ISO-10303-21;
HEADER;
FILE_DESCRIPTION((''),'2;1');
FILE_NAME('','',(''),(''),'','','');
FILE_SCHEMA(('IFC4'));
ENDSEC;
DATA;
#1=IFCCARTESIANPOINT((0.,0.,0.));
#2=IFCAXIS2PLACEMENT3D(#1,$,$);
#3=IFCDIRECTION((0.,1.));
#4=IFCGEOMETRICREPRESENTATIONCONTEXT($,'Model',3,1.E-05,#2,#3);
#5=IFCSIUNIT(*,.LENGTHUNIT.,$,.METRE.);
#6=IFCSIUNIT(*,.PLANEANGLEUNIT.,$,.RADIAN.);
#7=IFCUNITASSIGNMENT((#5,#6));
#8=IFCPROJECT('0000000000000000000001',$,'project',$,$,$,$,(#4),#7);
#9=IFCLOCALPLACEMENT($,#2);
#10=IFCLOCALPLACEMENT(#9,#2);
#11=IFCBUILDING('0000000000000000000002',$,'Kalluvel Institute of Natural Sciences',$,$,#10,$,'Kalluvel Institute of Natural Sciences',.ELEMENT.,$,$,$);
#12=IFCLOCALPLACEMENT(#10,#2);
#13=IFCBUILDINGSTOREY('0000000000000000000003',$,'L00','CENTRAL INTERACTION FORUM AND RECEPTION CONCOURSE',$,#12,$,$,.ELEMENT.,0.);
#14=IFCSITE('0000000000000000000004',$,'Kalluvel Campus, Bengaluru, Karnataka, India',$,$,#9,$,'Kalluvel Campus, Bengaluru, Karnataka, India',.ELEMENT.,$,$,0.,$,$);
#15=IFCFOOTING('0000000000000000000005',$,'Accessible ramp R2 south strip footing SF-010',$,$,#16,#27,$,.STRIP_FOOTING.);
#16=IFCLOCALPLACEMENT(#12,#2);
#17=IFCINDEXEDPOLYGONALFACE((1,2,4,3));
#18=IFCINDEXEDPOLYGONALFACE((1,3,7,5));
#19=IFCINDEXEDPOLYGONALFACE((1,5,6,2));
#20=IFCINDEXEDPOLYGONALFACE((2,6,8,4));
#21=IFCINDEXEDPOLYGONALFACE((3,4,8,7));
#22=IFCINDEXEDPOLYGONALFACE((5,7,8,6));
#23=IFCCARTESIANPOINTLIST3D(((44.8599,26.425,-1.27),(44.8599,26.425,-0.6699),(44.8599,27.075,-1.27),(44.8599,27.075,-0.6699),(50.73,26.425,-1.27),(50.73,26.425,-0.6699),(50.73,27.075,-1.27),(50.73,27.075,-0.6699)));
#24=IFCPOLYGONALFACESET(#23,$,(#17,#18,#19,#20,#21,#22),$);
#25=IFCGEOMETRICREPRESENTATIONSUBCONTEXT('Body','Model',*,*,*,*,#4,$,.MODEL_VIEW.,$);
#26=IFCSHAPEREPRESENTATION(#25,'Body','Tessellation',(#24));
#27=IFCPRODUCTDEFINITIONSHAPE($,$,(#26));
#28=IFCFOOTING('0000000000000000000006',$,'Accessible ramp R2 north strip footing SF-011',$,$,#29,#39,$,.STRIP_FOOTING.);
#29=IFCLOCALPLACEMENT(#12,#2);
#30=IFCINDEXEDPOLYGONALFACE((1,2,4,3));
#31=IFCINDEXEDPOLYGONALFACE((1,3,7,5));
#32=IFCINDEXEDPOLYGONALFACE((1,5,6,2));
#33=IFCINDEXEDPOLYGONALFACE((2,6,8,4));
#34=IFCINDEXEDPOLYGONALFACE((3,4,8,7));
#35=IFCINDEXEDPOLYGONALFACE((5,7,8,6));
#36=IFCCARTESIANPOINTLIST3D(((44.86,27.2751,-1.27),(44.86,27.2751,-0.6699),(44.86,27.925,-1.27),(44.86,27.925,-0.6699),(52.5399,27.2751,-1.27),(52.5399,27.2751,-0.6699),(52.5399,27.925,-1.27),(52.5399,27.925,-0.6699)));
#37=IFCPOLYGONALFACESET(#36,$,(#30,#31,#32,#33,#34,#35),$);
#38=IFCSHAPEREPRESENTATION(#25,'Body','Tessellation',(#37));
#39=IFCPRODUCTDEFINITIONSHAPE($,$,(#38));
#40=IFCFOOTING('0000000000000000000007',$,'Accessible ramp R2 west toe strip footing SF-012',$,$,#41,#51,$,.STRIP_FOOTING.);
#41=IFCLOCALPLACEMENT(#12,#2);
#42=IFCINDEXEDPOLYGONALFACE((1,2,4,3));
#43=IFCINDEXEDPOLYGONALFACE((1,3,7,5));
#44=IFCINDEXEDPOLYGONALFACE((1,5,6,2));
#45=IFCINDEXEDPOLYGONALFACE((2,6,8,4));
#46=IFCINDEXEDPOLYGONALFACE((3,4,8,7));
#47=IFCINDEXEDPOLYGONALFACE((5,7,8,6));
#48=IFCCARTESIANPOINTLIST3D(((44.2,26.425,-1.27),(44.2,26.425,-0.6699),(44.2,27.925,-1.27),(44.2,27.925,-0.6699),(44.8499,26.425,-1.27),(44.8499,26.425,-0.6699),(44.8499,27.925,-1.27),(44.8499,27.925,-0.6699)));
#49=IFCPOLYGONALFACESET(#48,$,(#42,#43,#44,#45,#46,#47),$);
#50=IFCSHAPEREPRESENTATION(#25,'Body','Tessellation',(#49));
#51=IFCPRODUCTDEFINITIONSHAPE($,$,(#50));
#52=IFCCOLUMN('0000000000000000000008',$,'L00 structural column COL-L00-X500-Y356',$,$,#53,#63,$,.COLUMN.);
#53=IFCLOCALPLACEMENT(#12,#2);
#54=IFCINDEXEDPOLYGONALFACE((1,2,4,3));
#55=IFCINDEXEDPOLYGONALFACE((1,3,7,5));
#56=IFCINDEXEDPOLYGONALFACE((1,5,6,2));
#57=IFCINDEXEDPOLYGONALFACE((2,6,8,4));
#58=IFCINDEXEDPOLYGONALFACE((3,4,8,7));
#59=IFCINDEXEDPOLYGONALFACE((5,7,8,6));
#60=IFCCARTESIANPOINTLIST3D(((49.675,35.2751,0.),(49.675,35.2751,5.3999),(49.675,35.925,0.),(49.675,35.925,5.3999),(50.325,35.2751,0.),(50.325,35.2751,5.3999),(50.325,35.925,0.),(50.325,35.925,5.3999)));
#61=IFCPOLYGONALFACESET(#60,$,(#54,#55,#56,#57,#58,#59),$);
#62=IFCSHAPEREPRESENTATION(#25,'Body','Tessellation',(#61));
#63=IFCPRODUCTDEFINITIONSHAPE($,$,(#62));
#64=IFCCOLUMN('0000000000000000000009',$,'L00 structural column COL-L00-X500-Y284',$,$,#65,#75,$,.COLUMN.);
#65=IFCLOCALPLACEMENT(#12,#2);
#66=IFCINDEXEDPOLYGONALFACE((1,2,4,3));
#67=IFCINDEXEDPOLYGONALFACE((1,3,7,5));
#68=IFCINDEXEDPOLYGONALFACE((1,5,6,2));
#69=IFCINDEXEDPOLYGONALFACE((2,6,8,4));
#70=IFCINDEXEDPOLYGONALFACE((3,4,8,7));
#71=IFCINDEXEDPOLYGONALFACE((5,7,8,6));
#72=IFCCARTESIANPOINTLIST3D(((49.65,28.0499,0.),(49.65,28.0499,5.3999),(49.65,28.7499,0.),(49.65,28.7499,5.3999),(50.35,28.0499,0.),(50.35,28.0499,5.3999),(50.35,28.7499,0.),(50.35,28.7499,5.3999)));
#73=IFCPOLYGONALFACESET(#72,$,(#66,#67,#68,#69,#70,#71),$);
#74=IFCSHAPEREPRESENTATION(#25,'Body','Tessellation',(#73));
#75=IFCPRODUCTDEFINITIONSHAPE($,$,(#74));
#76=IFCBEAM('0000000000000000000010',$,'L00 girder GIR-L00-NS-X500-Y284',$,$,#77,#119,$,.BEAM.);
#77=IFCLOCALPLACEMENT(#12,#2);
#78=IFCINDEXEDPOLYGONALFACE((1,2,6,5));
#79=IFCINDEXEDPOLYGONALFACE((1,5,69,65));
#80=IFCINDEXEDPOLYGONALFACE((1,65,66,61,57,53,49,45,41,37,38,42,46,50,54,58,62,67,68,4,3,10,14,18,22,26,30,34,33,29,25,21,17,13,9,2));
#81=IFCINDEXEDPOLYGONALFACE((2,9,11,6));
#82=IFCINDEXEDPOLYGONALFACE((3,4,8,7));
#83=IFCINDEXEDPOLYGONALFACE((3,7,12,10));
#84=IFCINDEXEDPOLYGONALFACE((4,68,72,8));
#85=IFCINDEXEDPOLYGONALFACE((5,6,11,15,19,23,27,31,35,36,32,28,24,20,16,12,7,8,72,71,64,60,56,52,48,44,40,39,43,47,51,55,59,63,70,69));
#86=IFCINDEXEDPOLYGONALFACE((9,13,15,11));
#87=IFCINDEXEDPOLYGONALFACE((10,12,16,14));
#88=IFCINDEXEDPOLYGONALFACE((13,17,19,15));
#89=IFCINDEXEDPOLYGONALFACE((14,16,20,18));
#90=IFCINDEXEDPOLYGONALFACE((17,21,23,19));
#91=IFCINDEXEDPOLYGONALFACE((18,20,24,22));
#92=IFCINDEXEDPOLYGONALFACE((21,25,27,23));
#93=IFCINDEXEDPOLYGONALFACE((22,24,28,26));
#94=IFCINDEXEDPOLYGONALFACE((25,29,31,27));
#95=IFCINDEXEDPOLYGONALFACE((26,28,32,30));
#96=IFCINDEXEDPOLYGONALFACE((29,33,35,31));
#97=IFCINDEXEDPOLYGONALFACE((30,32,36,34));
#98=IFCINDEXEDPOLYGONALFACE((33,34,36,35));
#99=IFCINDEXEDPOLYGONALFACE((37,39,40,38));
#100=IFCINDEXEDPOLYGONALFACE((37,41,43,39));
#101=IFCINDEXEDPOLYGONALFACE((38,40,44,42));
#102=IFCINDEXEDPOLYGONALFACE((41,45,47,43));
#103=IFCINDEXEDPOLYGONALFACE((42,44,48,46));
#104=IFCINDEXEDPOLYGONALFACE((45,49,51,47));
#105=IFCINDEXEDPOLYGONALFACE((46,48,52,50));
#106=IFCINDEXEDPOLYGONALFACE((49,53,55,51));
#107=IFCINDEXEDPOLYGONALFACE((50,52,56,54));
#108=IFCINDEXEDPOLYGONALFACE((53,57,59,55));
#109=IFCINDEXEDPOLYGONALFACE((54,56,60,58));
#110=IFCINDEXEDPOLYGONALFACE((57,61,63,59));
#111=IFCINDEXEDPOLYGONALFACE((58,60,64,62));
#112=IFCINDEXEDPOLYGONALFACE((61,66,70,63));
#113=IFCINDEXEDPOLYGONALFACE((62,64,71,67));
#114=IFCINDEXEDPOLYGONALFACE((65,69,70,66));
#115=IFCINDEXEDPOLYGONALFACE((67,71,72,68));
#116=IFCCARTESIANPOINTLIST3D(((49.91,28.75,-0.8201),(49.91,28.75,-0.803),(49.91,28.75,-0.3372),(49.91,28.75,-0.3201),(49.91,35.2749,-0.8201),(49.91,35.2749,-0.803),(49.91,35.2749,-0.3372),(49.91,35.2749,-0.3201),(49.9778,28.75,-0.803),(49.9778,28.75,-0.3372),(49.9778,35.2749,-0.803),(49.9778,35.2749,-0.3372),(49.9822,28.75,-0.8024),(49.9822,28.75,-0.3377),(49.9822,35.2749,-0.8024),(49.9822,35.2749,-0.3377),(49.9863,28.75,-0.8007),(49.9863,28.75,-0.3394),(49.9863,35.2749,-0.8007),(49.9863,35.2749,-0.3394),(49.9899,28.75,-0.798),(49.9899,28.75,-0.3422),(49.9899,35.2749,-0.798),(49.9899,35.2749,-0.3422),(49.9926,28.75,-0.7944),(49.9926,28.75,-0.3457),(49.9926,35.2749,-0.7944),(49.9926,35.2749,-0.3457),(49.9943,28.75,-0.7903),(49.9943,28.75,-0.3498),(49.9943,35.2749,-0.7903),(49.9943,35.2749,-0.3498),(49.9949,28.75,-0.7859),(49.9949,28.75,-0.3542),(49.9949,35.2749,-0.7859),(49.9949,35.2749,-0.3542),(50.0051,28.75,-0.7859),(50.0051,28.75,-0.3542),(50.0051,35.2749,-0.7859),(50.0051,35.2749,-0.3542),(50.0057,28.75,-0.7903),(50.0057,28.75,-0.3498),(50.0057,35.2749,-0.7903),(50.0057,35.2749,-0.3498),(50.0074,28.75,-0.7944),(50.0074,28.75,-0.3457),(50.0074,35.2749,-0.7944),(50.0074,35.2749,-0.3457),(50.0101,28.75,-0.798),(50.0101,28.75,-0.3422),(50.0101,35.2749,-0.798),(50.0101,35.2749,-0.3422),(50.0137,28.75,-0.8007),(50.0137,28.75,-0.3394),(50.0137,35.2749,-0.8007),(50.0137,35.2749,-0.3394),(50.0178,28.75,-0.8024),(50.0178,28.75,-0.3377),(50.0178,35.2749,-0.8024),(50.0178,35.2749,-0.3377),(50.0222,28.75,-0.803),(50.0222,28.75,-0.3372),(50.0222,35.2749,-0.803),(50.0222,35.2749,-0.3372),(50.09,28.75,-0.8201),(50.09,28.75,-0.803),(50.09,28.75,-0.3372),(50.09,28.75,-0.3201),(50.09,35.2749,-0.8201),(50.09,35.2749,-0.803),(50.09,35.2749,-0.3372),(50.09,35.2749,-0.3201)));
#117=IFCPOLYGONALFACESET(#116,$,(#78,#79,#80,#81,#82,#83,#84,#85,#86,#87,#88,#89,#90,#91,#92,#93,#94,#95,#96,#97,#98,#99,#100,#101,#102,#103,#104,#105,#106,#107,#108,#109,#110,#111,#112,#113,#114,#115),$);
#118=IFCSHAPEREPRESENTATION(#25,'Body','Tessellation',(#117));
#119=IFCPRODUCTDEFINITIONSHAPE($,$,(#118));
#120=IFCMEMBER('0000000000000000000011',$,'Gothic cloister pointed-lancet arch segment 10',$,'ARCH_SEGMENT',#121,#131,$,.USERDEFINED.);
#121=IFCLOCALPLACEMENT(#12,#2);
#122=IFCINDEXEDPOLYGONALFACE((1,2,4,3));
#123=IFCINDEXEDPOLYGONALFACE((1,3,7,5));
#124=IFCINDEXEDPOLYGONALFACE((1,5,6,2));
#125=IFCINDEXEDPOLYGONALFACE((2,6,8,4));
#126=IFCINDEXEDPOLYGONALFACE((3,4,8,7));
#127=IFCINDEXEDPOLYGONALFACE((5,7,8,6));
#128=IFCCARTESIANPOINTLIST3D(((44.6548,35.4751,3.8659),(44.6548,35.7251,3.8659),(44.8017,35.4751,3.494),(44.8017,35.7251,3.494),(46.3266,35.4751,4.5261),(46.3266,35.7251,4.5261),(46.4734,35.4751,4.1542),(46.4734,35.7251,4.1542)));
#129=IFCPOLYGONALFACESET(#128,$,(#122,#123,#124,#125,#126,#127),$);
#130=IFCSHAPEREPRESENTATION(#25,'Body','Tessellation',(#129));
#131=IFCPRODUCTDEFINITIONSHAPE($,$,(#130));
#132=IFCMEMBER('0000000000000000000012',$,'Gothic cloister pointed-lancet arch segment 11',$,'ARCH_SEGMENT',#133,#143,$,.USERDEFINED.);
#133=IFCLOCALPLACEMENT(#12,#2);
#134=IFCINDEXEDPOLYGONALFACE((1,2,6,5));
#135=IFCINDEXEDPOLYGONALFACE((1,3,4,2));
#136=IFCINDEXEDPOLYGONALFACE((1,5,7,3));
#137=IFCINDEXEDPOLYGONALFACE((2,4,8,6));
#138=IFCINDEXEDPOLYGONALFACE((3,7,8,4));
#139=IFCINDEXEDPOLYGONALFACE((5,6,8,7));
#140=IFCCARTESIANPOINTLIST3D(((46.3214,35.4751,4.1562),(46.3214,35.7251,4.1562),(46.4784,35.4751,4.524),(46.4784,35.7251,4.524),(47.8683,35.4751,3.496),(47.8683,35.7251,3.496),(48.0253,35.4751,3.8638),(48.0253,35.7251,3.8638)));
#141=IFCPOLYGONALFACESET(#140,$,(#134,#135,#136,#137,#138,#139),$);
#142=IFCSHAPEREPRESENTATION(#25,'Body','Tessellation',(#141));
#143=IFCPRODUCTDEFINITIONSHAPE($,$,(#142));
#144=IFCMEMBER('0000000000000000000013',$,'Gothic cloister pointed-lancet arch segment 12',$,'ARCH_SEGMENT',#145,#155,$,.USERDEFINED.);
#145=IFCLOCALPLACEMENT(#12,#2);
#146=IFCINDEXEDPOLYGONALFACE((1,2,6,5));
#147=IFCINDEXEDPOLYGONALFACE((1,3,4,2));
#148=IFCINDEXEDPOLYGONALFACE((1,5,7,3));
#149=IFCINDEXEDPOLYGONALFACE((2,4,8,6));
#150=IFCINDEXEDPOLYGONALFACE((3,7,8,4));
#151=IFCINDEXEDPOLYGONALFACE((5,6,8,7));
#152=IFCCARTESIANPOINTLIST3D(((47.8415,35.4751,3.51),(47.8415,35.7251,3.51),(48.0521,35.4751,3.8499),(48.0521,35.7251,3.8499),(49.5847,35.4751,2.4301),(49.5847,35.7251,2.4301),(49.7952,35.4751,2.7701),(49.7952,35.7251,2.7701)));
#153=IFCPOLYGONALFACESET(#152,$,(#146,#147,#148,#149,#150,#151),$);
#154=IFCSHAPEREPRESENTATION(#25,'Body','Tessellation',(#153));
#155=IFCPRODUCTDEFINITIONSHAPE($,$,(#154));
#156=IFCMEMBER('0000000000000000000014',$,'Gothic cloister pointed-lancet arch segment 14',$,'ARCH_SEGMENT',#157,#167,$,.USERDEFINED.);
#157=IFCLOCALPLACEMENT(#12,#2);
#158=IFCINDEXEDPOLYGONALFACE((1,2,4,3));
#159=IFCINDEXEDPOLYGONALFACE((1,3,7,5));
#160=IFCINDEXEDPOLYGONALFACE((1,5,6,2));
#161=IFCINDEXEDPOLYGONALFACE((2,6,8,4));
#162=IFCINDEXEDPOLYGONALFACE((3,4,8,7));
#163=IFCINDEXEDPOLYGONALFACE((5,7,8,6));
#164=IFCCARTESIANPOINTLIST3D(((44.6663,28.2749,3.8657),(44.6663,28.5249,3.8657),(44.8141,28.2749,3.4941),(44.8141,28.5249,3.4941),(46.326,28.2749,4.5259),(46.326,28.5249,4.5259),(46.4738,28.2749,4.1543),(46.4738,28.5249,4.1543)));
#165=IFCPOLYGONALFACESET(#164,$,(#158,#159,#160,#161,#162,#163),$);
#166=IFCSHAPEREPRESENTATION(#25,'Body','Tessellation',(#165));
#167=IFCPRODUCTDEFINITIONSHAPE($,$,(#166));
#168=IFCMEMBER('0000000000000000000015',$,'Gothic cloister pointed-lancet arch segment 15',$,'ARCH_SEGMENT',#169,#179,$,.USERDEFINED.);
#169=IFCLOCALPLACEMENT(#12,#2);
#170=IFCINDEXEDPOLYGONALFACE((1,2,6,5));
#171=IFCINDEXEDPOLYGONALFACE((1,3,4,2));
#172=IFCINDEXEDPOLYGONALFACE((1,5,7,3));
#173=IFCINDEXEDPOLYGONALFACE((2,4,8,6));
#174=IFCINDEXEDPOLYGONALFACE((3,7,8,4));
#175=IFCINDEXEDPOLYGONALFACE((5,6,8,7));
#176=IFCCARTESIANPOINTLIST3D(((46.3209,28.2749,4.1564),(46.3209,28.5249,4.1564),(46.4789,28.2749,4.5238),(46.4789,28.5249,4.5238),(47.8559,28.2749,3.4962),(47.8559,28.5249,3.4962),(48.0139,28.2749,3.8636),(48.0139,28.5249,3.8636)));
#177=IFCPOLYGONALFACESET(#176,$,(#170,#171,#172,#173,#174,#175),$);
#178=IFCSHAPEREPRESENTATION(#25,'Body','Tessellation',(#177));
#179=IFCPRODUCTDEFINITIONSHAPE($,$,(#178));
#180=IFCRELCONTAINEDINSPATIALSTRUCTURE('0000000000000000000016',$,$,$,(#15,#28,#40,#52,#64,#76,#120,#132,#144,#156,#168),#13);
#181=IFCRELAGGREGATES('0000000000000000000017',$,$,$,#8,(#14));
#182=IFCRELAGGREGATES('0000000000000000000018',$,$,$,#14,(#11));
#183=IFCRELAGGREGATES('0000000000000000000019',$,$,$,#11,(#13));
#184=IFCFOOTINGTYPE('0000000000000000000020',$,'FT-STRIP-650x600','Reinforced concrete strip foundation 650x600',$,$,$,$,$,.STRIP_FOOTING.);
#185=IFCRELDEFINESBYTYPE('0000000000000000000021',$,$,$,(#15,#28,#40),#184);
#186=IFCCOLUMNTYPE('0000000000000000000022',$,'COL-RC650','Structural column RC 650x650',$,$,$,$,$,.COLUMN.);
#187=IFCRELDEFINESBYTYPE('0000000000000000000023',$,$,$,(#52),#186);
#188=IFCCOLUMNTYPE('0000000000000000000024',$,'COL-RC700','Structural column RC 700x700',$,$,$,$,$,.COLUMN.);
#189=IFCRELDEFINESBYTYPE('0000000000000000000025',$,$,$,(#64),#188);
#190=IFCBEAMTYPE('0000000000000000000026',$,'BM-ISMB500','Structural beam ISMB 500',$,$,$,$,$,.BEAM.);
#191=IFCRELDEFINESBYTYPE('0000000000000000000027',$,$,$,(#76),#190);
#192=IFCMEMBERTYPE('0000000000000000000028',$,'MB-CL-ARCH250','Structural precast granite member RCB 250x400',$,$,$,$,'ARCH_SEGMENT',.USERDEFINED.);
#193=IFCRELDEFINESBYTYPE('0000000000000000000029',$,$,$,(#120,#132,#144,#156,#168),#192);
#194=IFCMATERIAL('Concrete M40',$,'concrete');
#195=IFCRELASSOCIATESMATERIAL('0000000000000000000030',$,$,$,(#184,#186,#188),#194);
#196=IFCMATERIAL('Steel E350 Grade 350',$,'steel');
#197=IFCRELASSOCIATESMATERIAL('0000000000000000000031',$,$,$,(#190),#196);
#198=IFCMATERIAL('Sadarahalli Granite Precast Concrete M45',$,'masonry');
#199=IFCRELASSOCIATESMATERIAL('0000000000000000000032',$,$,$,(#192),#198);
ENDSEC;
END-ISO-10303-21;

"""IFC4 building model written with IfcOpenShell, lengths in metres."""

from ifc_helpers import new_model, si_unit, direction, frame, origin, origin_2d, place, context, subcontext, project, spatial, rectangle, i_section, extrude, material, material_profile, profile_set, type_object, element, save


model = new_model("IFC4")

# Units and contexts
model_context = context("Model", 3, precision=1e-05, world=origin(), true_north=direction((0.0, 1.0)))
body_context = subcontext(model_context, "Body", "Model", "MODEL_VIEW")
ifc_project = project(units=[si_unit("LENGTHUNIT", "METRE"), si_unit("PLANEANGLEUNIT", "RADIAN")], contexts=[model_context])

# Site, building, storey
site_placement = place(None, origin())
site = spatial("IfcSite", under=ifc_project, at=site_placement, Name="Kalluvel Campus, Bengaluru, Karnataka, India", LongName="Kalluvel Campus, Bengaluru, Karnataka, India", CompositionType="ELEMENT", RefElevation=0.0)
building_placement = place(site_placement, origin())
building = spatial("IfcBuilding", under=site, at=building_placement, Name="Kalluvel Institute of Natural Sciences", LongName="Kalluvel Institute of Natural Sciences", CompositionType="ELEMENT")
storey_placement = place(building_placement, origin())
storey = spatial("IfcBuildingStorey", under=building, at=storey_placement, Name="L00", Description="CENTRAL INTERACTION FORUM AND RECEPTION CONCOURSE", CompositionType="ELEMENT", Elevation=0.0)

# Footings
ifc_material_1 = material(Name="Concrete M40", Category="concrete")
footing_type = type_object("IfcFootingType", Name="FT-STRIP-650x600", Description="Reinforced concrete strip foundation 650x600", PredefinedType="STRIP_FOOTING", material=ifc_material_1)
footing_1_placement = place(storey_placement, frame((47.7949, 26.75, -1.27), z_axis=(0.0, 0.0, 1.0), x_axis=(1.0, 0.0, 0.0)))
element("IfcFooting", 1, at=footing_1_placement, inside=storey, type_object=footing_type, Name="Accessible ramp R2 south strip footing SF-010", PredefinedType="STRIP_FOOTING", context=body_context, shape_type="SweptSolid", body=[
    extrude(rectangle(XDim=5.8701, YDim=0.6499, at=origin_2d()), origin(), (0.0, 0.0, 1.0), 0.6001),
])
footing_2_placement = place(storey_placement, frame((48.7, 27.6001, -1.27), z_axis=(0.0, 0.0, 1.0), x_axis=(1.0, 0.0, 0.0)))
element("IfcFooting", 2, at=footing_2_placement, inside=storey, type_object=footing_type, Name="Accessible ramp R2 north strip footing SF-011", PredefinedType="STRIP_FOOTING", context=body_context, shape_type="SweptSolid", body=[
    extrude(rectangle(XDim=7.6799, YDim=0.6499, at=origin_2d()), origin(), (0.0, 0.0, 1.0), 0.6001),
])
footing_3_placement = place(storey_placement, frame((44.5249, 27.175, -1.27), z_axis=(0.0, 0.0, 1.0), x_axis=(1.0, 0.0, 0.0)))
element("IfcFooting", 3, at=footing_3_placement, inside=storey, type_object=footing_type, Name="Accessible ramp R2 west toe strip footing SF-012", PredefinedType="STRIP_FOOTING", context=body_context, shape_type="SweptSolid", body=[
    extrude(rectangle(XDim=0.6499, YDim=1.5, at=origin_2d()), origin(), (0.0, 0.0, 1.0), 0.6001),
])

# Columns
ifc_material_profile_1 = material_profile(ifc_material_1, rectangle(XDim=0.6499, YDim=0.6499, at=origin_2d()), Name="RC 650x650")
ifc_profile_set_1 = profile_set([ifc_material_profile_1], Name="Concrete M40")
column_type_1 = type_object("IfcColumnType", Name="COL-RC650", Description="Structural column RC 650x650", PredefinedType="COLUMN", material=ifc_profile_set_1)
column_1_placement = place(storey_placement, frame((50.0, 35.6001, 0.0), z_axis=(0.0, 0.0, 1.0), x_axis=(1.0, 0.0, 0.0)))
element("IfcColumn", 4, at=column_1_placement, inside=storey, type_object=column_type_1, Name="L00 structural column COL-L00-X500-Y356", PredefinedType="COLUMN", context=body_context, shape_type="SweptSolid", body=[
    extrude(rectangle(XDim=0.6499, YDim=0.6499, at=origin_2d()), origin(), (0.0, 0.0, 1.0), 5.3999),
])
ifc_material_profile_2 = material_profile(ifc_material_1, rectangle(XDim=0.7, YDim=0.7, at=origin_2d()), Name="RC 700x700")
ifc_profile_set_2 = profile_set([ifc_material_profile_2], Name="Concrete M40")
column_type_2 = type_object("IfcColumnType", Name="COL-RC700", Description="Structural column RC 700x700", PredefinedType="COLUMN", material=ifc_profile_set_2)
column_2_placement = place(storey_placement, frame((50.0, 28.3999, 0.0), z_axis=(0.0, 0.0, 1.0), x_axis=(1.0, 0.0, 0.0)))
element("IfcColumn", 5, at=column_2_placement, inside=storey, type_object=column_type_2, Name="L00 structural column COL-L00-X500-Y284", PredefinedType="COLUMN", context=body_context, shape_type="SweptSolid", body=[
    extrude(rectangle(XDim=0.7, YDim=0.7, at=origin_2d()), origin(), (0.0, 0.0, 1.0), 5.3999),
])

# Beam
ifc_material_2 = material(Name="Steel E350 Grade 350", Category="steel")
ifc_material_profile_3 = material_profile(ifc_material_2, i_section(OverallWidth=0.1799, OverallDepth=0.5, WebThickness=0.0103, FlangeThickness=0.0171, FilletRadius=0.0171, at=origin_2d()), Name="ISMB 500")
ifc_profile_set_3 = profile_set([ifc_material_profile_3], Name="Steel E350 Grade 350")
beam_type_1 = type_object("IfcBeamType", Name="BM-ISMB500", Description="Structural beam ISMB 500", PredefinedType="BEAM", material=ifc_profile_set_3)
beam_1_placement = place(storey_placement, frame((50.0, 28.75, -0.5701), z_axis=(0.0, 1.0, 0.0), x_axis=(-1.0, 0.0, 0.0)))
element("IfcBeam", 6, at=beam_1_placement, inside=storey, type_object=beam_type_1, Name="L00 girder GIR-L00-NS-X500-Y284", PredefinedType="BEAM", context=body_context, shape_type="SweptSolid", body=[
    extrude(i_section(OverallWidth=0.1799, OverallDepth=0.5, WebThickness=0.0103, FlangeThickness=0.0171, FilletRadius=0.0171, at=origin_2d()), origin(), (0.0, 0.0, 1.0), 6.5249),
])

# Members
ifc_material_3 = material(Name="Sadarahalli Granite Precast Concrete M45", Category="masonry")
ifc_material_profile_4 = material_profile(ifc_material_3, rectangle(XDim=0.25, YDim=0.3999, at=origin_2d()), Name="RCB 250x400")
ifc_profile_set_4 = profile_set([ifc_material_profile_4], Name="Sadarahalli Granite Precast Concrete M45")
member_type = type_object("IfcMemberType", Name="MB-CL-ARCH250", Description="Structural precast granite member RCB 250x400", ElementType="ARCH_SEGMENT", PredefinedType="USERDEFINED", material=ifc_profile_set_4)
member_1_placement = place(storey_placement, frame((44.7283, 35.6001, 3.6799), z_axis=(0.930098, 0.0, 0.367312), x_axis=(0.0, 1.0, 0.0)))
element("IfcMember", 7, at=member_1_placement, inside=storey, type_object=member_type, Name="Gothic cloister pointed-lancet arch segment 10", ObjectType="ARCH_SEGMENT", PredefinedType="USERDEFINED", context=body_context, shape_type="SweptSolid", body=[
    extrude(rectangle(XDim=0.25, YDim=0.3999, at=origin_2d()), origin(), (0.0, 0.0, 1.0), 1.7974),
])
member_2_placement = place(storey_placement, frame((46.3999, 35.6001, 4.3401), z_axis=(0.919745, 0.0, -0.392517), x_axis=(0.0, 1.0, 0.0)))
element("IfcMember", 8, at=member_2_placement, inside=storey, type_object=member_type, Name="Gothic cloister pointed-lancet arch segment 11", ObjectType="ARCH_SEGMENT", PredefinedType="USERDEFINED", context=body_context, shape_type="SweptSolid", body=[
    extrude(rectangle(XDim=0.25, YDim=0.3999, at=origin_2d()), origin(), (0.0, 0.0, 1.0), 1.6819),
])
member_3_placement = place(storey_placement, frame((47.9468, 35.6001, 3.6799), z_axis=(0.850105, 0.0, -0.526613), x_axis=(0.0, 1.0, 0.0)))
element("IfcMember", 9, at=member_3_placement, inside=storey, type_object=member_type, Name="Gothic cloister pointed-lancet arch segment 12", ObjectType="ARCH_SEGMENT", PredefinedType="USERDEFINED", context=body_context, shape_type="SweptSolid", body=[
    extrude(rectangle(XDim=0.25, YDim=0.3999, at=origin_2d()), origin(), (0.0, 0.0, 1.0), 2.0505),
])
member_4_placement = place(storey_placement, frame((44.7402, 28.3999, 3.6799), z_axis=(0.929191, 0.0, 0.369599), x_axis=(0.0, 1.0, 0.0)))
element("IfcMember", 10, at=member_4_placement, inside=storey, type_object=member_type, Name="Gothic cloister pointed-lancet arch segment 14", ObjectType="ARCH_SEGMENT", PredefinedType="USERDEFINED", context=body_context, shape_type="SweptSolid", body=[
    extrude(rectangle(XDim=0.25, YDim=0.3999, at=origin_2d()), origin(), (0.0, 0.0, 1.0), 1.7861),
])
member_5_placement = place(storey_placement, frame((46.3999, 28.3999, 4.3401), z_axis=(0.918638, 0.0, -0.395101), x_axis=(0.0, 1.0, 0.0)))
element("IfcMember", 11, at=member_5_placement, inside=storey, type_object=member_type, Name="Gothic cloister pointed-lancet arch segment 15", ObjectType="ARCH_SEGMENT", PredefinedType="USERDEFINED", context=body_context, shape_type="SweptSolid", body=[
    extrude(rectangle(XDim=0.25, YDim=0.3999, at=origin_2d()), origin(), (0.0, 0.0, 1.0), 1.6709),
])

save(model, "model.ifc")
